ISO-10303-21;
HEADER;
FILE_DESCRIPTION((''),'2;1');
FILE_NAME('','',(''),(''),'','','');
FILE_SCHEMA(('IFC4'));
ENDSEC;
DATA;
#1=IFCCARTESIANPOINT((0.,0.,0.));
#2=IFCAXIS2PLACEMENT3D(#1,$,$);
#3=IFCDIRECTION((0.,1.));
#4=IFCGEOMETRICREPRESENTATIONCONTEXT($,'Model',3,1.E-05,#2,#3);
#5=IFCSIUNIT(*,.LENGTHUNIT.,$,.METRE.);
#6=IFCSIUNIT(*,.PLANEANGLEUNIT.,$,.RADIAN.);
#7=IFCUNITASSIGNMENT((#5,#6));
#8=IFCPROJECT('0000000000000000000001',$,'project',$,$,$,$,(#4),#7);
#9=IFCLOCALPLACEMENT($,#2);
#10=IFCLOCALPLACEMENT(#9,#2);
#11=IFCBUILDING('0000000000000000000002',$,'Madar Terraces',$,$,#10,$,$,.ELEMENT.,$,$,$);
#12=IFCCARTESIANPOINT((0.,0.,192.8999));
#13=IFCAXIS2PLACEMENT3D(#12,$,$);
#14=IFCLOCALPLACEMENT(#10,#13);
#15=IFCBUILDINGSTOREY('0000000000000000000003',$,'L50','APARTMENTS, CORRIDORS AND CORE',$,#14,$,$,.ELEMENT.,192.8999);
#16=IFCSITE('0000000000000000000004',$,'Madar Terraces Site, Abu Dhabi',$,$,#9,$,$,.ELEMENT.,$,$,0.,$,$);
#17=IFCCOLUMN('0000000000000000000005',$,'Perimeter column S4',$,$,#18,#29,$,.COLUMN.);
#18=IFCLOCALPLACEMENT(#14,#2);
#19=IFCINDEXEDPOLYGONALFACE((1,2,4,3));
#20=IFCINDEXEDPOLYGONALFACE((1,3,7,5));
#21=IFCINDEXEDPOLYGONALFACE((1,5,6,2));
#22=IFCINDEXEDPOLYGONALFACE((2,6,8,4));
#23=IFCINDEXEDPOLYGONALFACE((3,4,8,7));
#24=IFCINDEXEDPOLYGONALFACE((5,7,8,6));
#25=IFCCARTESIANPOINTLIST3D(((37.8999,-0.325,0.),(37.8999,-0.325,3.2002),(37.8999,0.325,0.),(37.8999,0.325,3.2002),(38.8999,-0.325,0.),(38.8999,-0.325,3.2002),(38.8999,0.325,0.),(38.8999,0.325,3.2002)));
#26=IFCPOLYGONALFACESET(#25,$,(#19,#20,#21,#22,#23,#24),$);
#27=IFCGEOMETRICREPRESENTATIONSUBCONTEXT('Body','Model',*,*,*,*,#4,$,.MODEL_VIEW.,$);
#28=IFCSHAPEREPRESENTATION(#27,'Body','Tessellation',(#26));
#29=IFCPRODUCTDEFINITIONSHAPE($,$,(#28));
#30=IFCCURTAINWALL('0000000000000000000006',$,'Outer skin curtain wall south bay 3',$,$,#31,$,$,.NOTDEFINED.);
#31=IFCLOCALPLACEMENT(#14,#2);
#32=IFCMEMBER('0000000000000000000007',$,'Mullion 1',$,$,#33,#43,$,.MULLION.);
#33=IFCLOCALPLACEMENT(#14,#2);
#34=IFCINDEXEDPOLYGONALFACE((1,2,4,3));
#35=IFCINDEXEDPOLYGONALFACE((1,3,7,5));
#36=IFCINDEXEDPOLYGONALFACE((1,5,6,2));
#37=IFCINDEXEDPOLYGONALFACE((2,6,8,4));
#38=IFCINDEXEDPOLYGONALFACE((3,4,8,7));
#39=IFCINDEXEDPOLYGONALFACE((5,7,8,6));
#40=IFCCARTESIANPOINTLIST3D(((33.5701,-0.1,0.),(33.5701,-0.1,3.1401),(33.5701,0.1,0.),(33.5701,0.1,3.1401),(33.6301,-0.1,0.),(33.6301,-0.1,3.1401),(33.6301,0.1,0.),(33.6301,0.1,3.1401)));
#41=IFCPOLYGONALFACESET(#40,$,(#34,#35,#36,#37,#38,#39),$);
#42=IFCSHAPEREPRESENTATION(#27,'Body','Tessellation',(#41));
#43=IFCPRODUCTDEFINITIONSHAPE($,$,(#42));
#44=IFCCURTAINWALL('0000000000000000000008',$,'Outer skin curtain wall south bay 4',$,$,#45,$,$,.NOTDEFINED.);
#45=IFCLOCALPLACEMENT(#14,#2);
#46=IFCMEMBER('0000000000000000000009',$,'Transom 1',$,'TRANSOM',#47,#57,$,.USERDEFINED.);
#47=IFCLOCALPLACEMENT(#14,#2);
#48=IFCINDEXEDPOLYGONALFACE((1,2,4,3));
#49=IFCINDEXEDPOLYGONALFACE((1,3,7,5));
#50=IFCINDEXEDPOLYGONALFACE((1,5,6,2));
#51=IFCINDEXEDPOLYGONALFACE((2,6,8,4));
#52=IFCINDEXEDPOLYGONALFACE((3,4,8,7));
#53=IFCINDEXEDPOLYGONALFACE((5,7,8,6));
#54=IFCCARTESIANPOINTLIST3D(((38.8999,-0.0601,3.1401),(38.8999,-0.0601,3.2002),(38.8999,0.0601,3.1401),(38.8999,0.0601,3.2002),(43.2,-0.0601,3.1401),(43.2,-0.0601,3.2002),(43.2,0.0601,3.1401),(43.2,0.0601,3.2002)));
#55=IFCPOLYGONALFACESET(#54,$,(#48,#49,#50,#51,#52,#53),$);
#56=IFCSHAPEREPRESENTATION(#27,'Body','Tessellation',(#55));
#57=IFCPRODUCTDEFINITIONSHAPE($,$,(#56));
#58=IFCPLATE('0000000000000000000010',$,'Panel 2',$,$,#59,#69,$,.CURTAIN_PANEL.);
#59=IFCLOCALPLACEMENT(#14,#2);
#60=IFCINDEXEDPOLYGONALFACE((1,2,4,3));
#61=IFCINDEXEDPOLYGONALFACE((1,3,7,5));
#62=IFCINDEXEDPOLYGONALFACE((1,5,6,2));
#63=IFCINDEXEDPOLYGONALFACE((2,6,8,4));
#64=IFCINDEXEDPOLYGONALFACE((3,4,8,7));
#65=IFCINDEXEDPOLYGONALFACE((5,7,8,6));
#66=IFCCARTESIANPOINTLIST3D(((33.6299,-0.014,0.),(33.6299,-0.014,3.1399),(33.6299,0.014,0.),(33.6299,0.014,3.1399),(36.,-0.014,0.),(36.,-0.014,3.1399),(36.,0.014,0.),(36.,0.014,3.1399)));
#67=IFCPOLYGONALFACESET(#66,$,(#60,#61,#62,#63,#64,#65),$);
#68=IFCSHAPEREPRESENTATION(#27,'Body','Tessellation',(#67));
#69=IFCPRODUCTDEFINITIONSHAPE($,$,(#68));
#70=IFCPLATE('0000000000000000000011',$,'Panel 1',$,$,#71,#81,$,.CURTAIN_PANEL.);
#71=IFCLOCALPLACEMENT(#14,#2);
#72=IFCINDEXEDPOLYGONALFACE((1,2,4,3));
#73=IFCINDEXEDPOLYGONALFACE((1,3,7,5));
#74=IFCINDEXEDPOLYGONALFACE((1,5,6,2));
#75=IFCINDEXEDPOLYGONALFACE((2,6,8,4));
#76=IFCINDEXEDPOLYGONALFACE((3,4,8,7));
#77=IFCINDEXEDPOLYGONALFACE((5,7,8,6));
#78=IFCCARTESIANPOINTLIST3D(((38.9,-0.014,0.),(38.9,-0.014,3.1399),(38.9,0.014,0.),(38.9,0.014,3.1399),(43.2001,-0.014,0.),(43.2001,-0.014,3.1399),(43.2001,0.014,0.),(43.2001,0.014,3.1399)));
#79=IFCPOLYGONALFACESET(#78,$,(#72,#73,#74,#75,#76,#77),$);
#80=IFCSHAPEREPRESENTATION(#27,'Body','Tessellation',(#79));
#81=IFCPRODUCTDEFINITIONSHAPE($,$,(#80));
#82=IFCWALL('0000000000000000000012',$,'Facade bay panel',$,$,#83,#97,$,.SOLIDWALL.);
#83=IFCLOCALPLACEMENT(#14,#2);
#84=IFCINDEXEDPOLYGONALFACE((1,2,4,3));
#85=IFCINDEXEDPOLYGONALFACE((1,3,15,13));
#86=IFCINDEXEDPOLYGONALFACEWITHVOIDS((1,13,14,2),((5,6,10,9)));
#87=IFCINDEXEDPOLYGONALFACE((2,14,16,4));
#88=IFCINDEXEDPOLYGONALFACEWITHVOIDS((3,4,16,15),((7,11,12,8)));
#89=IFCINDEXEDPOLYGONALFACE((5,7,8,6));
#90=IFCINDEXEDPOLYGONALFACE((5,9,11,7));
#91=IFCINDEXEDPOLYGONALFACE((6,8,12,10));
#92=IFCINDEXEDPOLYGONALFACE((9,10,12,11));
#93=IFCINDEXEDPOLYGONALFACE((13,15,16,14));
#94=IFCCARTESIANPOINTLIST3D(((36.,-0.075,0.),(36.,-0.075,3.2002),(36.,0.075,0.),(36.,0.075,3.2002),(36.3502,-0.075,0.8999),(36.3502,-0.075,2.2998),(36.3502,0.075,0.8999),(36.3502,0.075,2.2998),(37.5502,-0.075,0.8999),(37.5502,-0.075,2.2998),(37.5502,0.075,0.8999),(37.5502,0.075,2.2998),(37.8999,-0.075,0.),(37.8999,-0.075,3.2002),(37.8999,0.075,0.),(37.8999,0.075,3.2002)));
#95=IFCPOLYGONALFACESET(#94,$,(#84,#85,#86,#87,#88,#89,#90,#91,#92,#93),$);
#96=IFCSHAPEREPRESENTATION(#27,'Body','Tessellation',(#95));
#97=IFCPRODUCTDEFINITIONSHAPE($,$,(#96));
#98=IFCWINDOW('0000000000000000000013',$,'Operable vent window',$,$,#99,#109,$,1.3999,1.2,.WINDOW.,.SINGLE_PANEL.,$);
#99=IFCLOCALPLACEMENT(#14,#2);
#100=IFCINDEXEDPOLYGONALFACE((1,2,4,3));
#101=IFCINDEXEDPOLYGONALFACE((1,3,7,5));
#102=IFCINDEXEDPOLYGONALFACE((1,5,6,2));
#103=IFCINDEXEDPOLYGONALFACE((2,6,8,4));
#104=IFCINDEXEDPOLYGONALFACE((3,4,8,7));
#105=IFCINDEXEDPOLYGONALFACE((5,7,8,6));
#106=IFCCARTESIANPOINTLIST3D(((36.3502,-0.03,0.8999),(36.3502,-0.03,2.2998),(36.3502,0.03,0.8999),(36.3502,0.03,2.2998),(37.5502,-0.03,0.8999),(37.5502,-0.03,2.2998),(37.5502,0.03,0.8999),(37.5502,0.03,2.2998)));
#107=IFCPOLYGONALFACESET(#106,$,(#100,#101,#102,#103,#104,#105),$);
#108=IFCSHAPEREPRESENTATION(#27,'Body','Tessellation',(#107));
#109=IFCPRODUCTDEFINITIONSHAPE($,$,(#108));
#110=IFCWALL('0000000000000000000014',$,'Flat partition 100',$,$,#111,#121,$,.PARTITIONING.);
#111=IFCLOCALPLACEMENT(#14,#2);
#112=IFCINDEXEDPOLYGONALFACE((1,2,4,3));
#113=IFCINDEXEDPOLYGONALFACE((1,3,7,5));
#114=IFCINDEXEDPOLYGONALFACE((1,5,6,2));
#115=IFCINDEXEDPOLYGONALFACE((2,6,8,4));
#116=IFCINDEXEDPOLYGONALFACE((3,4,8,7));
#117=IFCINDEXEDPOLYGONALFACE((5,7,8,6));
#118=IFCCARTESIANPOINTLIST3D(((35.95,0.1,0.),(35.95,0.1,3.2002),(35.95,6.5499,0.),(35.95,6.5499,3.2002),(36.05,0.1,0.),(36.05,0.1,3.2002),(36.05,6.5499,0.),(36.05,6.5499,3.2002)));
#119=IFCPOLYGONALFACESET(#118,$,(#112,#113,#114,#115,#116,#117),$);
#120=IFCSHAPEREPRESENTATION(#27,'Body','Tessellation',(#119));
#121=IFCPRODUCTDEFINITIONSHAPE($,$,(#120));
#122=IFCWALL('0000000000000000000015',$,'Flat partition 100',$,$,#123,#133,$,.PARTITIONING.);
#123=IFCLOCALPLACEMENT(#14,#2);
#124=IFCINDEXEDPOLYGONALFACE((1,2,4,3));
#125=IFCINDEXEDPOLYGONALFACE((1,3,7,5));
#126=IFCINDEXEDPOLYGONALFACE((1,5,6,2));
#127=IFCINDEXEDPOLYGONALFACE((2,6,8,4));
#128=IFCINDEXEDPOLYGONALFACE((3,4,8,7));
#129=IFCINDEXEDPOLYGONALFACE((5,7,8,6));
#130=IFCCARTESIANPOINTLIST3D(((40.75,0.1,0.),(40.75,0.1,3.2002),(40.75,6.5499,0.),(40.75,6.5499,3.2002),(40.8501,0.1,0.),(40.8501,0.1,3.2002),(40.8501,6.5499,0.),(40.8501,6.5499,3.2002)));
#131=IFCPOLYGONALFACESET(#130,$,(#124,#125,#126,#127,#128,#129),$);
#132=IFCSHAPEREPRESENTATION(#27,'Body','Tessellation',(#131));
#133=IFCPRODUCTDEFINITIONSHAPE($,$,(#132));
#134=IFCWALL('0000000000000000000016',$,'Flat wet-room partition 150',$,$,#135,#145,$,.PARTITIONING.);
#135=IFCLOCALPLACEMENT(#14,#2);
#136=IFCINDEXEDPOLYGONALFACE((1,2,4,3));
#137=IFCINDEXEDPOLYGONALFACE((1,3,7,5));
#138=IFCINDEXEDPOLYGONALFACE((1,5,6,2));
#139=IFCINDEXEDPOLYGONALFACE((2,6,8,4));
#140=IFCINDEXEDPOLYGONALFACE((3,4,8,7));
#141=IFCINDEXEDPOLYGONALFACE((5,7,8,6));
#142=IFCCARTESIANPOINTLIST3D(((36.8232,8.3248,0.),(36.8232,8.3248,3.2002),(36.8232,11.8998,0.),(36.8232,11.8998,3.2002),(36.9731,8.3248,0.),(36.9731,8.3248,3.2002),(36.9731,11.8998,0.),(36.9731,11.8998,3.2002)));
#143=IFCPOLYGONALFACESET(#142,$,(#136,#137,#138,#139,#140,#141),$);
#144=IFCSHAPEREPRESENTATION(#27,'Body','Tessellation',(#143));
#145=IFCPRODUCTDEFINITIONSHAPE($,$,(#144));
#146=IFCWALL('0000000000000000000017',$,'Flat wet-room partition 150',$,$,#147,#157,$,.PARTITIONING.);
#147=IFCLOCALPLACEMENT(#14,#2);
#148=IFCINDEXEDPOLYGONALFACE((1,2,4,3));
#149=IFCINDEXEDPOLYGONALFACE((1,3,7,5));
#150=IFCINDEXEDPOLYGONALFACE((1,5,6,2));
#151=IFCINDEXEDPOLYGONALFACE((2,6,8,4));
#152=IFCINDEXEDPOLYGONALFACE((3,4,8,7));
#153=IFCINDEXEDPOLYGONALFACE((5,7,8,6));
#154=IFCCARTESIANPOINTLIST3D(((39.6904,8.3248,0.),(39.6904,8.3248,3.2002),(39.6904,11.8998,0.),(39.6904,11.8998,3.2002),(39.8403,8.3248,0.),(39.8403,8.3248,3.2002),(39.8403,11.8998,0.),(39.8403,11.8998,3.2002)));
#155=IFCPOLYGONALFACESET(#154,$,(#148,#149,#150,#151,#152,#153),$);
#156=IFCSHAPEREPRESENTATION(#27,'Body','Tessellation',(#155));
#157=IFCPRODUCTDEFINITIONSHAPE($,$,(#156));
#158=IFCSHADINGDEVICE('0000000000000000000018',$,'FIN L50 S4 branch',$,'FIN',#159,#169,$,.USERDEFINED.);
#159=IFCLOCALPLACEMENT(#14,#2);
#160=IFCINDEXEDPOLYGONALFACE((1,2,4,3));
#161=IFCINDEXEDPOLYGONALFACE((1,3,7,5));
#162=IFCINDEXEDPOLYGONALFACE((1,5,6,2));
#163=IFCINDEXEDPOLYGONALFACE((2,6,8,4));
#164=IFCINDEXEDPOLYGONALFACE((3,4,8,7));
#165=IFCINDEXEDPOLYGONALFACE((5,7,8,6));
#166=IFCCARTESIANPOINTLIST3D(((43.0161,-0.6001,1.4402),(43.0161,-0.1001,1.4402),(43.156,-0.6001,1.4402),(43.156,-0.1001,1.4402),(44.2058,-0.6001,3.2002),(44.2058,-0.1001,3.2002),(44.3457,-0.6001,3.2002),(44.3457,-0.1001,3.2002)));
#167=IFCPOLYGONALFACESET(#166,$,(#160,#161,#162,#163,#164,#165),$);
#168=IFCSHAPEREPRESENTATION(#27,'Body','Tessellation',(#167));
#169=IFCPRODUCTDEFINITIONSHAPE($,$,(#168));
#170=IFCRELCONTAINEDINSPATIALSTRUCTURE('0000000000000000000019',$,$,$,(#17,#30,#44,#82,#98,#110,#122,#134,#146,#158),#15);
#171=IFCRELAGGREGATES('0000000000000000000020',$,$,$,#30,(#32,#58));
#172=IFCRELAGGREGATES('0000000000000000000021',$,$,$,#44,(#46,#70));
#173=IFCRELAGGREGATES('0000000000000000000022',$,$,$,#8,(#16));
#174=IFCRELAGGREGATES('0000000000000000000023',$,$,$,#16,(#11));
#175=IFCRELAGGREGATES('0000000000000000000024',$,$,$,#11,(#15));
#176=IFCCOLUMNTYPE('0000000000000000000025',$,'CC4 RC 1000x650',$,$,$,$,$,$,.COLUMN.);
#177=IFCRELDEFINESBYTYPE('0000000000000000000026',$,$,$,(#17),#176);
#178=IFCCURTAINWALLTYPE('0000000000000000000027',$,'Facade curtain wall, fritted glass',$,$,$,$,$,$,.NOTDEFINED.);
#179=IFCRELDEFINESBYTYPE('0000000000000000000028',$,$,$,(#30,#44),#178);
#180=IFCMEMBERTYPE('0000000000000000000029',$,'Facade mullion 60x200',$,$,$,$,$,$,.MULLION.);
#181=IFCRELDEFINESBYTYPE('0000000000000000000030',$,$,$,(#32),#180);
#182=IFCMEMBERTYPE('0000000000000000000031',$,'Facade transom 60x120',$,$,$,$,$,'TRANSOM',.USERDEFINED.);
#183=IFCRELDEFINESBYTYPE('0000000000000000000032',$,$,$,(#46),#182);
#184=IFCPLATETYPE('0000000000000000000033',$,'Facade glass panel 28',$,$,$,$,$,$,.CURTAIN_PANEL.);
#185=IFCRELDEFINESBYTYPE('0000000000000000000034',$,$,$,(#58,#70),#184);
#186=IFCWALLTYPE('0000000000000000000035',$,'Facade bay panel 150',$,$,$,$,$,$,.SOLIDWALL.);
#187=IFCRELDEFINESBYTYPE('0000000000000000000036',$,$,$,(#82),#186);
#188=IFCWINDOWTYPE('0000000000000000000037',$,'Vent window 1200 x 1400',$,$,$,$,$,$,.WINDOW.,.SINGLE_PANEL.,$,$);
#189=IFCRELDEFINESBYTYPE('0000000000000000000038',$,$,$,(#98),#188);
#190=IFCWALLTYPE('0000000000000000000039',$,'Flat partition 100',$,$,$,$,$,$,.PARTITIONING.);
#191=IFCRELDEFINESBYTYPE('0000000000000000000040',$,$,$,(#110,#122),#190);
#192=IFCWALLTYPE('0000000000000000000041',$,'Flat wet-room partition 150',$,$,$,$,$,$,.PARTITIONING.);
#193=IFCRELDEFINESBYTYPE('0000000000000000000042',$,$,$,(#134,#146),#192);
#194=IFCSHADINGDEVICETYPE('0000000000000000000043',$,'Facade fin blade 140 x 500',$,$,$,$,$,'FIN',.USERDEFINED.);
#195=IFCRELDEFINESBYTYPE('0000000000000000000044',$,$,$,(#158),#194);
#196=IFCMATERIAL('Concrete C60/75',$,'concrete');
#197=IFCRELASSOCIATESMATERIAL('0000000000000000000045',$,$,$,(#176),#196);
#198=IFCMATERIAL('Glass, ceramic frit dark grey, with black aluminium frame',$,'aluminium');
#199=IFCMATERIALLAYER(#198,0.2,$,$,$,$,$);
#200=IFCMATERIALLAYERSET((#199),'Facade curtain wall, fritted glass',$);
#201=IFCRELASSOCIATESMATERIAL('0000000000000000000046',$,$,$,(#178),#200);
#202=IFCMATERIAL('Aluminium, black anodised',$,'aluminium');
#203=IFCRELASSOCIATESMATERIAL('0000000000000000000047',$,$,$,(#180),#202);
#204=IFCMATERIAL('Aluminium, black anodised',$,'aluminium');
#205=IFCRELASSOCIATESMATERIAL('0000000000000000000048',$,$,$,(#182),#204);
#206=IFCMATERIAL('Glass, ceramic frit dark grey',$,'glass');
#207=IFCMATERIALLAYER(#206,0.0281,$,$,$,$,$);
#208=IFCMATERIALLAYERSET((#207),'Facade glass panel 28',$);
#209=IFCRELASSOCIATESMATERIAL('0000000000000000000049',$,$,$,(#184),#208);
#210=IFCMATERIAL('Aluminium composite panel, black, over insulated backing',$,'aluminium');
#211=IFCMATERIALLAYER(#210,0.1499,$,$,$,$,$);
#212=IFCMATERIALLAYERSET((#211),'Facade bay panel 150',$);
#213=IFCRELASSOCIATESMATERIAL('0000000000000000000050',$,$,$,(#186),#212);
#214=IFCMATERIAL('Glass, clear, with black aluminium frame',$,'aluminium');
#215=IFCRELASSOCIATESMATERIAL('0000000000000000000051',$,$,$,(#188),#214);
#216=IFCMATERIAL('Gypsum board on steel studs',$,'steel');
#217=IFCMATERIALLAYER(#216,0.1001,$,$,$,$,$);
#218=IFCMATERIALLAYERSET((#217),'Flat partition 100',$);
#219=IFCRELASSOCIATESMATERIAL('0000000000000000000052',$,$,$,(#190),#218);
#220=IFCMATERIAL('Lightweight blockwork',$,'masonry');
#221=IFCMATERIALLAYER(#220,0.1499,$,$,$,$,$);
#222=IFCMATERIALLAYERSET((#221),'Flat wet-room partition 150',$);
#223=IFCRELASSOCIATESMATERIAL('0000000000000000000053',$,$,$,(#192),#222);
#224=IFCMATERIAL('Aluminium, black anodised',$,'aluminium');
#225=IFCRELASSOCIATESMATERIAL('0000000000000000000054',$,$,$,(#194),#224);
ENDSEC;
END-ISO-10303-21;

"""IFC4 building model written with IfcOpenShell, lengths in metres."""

from ifc_helpers import new_model, si_unit, direction, frame, frame_2d, origin, origin_2d, place, context, subcontext, project, spatial, polyline, rectangle, outline, extrude, material, layer, layer_set, material_profile, profile_set, type_object, element, fill, aggregate, save


model = new_model("IFC4")

# Units and contexts
model_context = context("Model", 3, precision=1e-05, world=origin(), true_north=direction((0.0, 1.0)))
body_context = subcontext(model_context, "Body", "Model", "MODEL_VIEW")
ifc_project = project(units=[si_unit("LENGTHUNIT", "METRE"), si_unit("PLANEANGLEUNIT", "RADIAN")], contexts=[model_context])

# Site, building, storey
site_placement = place(None, origin())
site = spatial("IfcSite", under=ifc_project, at=site_placement, Name="Madar Terraces Site, Abu Dhabi", CompositionType="ELEMENT", RefElevation=0.0)
building_placement = place(site_placement, origin())
building = spatial("IfcBuilding", under=site, at=building_placement, Name="Madar Terraces", CompositionType="ELEMENT")
storey_placement = place(building_placement, frame((0.0, 0.0, 192.8999)))
storey = spatial("IfcBuildingStorey", under=building, at=storey_placement, Name="L50", Description="APARTMENTS, CORRIDORS AND CORE", CompositionType="ELEMENT", Elevation=192.8999)

# Column
ifc_material_1 = material(Name="Concrete C60/75", Category="concrete")
ifc_material_profile_1 = material_profile(ifc_material_1, rectangle(XDim=1.0, YDim=0.6499, at=origin_2d()), Name="CC4 RC 1000x650")
ifc_profile_set_1 = profile_set([ifc_material_profile_1], Name="Concrete C60/75")
column_type = type_object("IfcColumnType", Name="CC4 RC 1000x650", PredefinedType="COLUMN", material=ifc_profile_set_1)
column_placement = place(storey_placement, frame((38.3999, 0.0, 0.0), z_axis=(0.0, 0.0, 1.0), x_axis=(1.0, 0.0, 0.0)))
element("IfcColumn", 1, at=column_placement, inside=storey, type_object=column_type, Name="Perimeter column S4", PredefinedType="COLUMN", context=body_context, shape_type="SweptSolid", body=[
    extrude(rectangle(XDim=1.0, YDim=0.6499, at=origin_2d()), origin(), (0.0, 0.0, 1.0), 3.2002),
])

# Curtain walls, members
ifc_material_2 = material(Name="Glass, ceramic frit dark grey, with black aluminium frame", Category="aluminium")
ifc_layer_1 = layer(ifc_material_2, 0.2)
ifc_layer_set_1 = layer_set([ifc_layer_1], Name="Facade curtain wall, fritted glass")
curtain_wall_type = type_object("IfcCurtainWallType", Name="Facade curtain wall, fritted glass", PredefinedType="NOTDEFINED", material=ifc_layer_set_1)
curtain_wall_1_placement = place(storey_placement, origin())
curtain_wall_1 = element("IfcCurtainWall", 2, at=curtain_wall_1_placement, inside=storey, type_object=curtain_wall_type, Name="Outer skin curtain wall south bay 3", PredefinedType="NOTDEFINED")
ifc_material_3 = material(Name="Aluminium, black anodised", Category="aluminium")
ifc_material_profile_2 = material_profile(ifc_material_3, rectangle(XDim=0.2, YDim=0.0601, at=origin_2d()), Name="Facade mullion 60x200")
ifc_profile_set_2 = profile_set([ifc_material_profile_2], Name="Aluminium, black anodised")
member_type_1 = type_object("IfcMemberType", Name="Facade mullion 60x200", PredefinedType="MULLION", material=ifc_profile_set_2)
member_1_placement = place(storey_placement, frame((33.6001, 0.0, 0.0), z_axis=(0.0, 0.0, 1.0), x_axis=(0.0, 1.0, 0.0)))
member_1 = element("IfcMember", 3, at=member_1_placement, type_object=member_type_1, Name="Mullion 1", PredefinedType="MULLION", context=body_context, shape_type="SweptSolid", body=[
    extrude(rectangle(XDim=0.2, YDim=0.0601, at=origin_2d()), origin(), (0.0, 0.0, 1.0), 3.1401),
])
curtain_wall_2_placement = place(storey_placement, origin())
curtain_wall_2 = element("IfcCurtainWall", 4, at=curtain_wall_2_placement, inside=storey, type_object=curtain_wall_type, Name="Outer skin curtain wall south bay 4", PredefinedType="NOTDEFINED")
ifc_material_4 = material(Name="Aluminium, black anodised", Category="aluminium")
ifc_material_profile_3 = material_profile(ifc_material_4, rectangle(XDim=0.1201, YDim=0.0601, at=origin_2d()), Name="Facade transom 60x120")
ifc_profile_set_3 = profile_set([ifc_material_profile_3], Name="Aluminium, black anodised")
member_type_2 = type_object("IfcMemberType", Name="Facade transom 60x120", ElementType="TRANSOM", PredefinedType="USERDEFINED", material=ifc_profile_set_3)
member_2_placement = place(storey_placement, frame((38.8999, 0.0, 3.1702), z_axis=(1.0, 0.0, 0.0), x_axis=(0.0, 1.0, 0.0)))
member_2 = element("IfcMember", 5, at=member_2_placement, type_object=member_type_2, Name="Transom 1", ObjectType="TRANSOM", PredefinedType="USERDEFINED", context=body_context, shape_type="SweptSolid", body=[
    extrude(rectangle(XDim=0.1201, YDim=0.0601, at=origin_2d()), origin(), (0.0, 0.0, 1.0), 4.3),
])

# Plates
ifc_material_5 = material(Name="Glass, ceramic frit dark grey", Category="glass")
ifc_layer_2 = layer(ifc_material_5, 0.0281)
ifc_layer_set_2 = layer_set([ifc_layer_2], Name="Facade glass panel 28")
plate_type = type_object("IfcPlateType", Name="Facade glass panel 28", PredefinedType="CURTAIN_PANEL", material=ifc_layer_set_2)
plate_1_placement = place(storey_placement, frame((34.8149, 0.0, 0.0), z_axis=(0.0, 0.0, 1.0), x_axis=(1.0, 0.0, 0.0)))
plate_1 = element("IfcPlate", 6, at=plate_1_placement, type_object=plate_type, Name="Panel 2", PredefinedType="CURTAIN_PANEL", context=body_context, shape_type="SweptSolid", body=[
    extrude(rectangle(XDim=2.3701, YDim=0.0281, at=origin_2d()), origin(), (0.0, 0.0, 1.0), 3.1399),
])
aggregate(curtain_wall_1, [member_1, plate_1])
plate_2_placement = place(storey_placement, frame((41.05, 0.0, 0.0), z_axis=(0.0, 0.0, 1.0), x_axis=(1.0, 0.0, 0.0)))
plate_2 = element("IfcPlate", 7, at=plate_2_placement, type_object=plate_type, Name="Panel 1", PredefinedType="CURTAIN_PANEL", context=body_context, shape_type="SweptSolid", body=[
    extrude(rectangle(XDim=4.3, YDim=0.0281, at=origin_2d()), origin(), (0.0, 0.0, 1.0), 3.1399),
])
aggregate(curtain_wall_2, [member_2, plate_2])

# Wall, opening, window
ifc_material_6 = material(Name="Aluminium composite panel, black, over insulated backing", Category="aluminium")
ifc_layer_3 = layer(ifc_material_6, 0.1499)
ifc_layer_set_3 = layer_set([ifc_layer_3], Name="Facade bay panel 150")
wall_type_1 = type_object("IfcWallType", Name="Facade bay panel 150", PredefinedType="SOLIDWALL", material=ifc_layer_set_3)
wall_placement = place(storey_placement, frame((36.0, 0.0, 0.0), z_axis=(0.0, 0.0, 1.0), x_axis=(1.0, 0.0, 0.0)))
wall = element("IfcWall", 8, at=wall_placement, inside=storey, type_object=wall_type_1, Name="Facade bay panel", PredefinedType="SOLIDWALL", context=body_context, shape_type="SweptSolid", body=[
    extrude(rectangle(XDim=1.8999, YDim=0.1499, at=frame_2d((0.95, 0.0))), origin(), (0.0, 0.0, 1.0), 3.2002),
])
opening_placement = place(wall_placement, frame((0.3501, 0.0, 0.8999)))
opening = element("IfcOpeningElement", 9, at=opening_placement, cuts=wall, PredefinedType="OPENING", context=body_context, shape_type="SweptSolid", body=[
    extrude(rectangle(XDim=1.2, YDim=1.3999, at=frame_2d((0.6001, 0.7))), frame((0.0, 0.085, 0.0), z_axis=(0.0, -1.0, 0.0), x_axis=(1.0, 0.0, 0.0)), (0.0, 0.0, 1.0), 0.1699),
])
ifc_material_7 = material(Name="Glass, clear, with black aluminium frame", Category="aluminium")
window_type = type_object("IfcWindowType", Name="Vent window 1200 x 1400", PartitioningType="SINGLE_PANEL", PredefinedType="WINDOW", material=ifc_material_7)
window_placement = place(opening_placement, origin())
window = element("IfcWindow", 10, at=window_placement, inside=storey, type_object=window_type, Name="Operable vent window", OverallHeight=1.3999, OverallWidth=1.2, PartitioningType="SINGLE_PANEL", PredefinedType="WINDOW", context=body_context, shape_type="SweptSolid", body=[
    extrude(rectangle(XDim=1.2, YDim=1.3999, at=frame_2d((0.6001, 0.7))), frame((0.0, 0.03, 0.0), z_axis=(0.0, -1.0, 0.0), x_axis=(1.0, 0.0, 0.0)), (0.0, 0.0, 1.0), 0.0601),
])
fill(opening, window)

# Walls
ifc_material_8 = material(Name="Gypsum board on steel studs", Category="steel")
ifc_layer_4 = layer(ifc_material_8, 0.1001)
ifc_layer_set_4 = layer_set([ifc_layer_4], Name="Flat partition 100")
wall_type_2 = type_object("IfcWallType", Name="Flat partition 100", PredefinedType="PARTITIONING", material=ifc_layer_set_4)
for number, where, z_axis, x_axis, name in (
    (11, (36.0, 6.55, 0.0), (0.0, 0.0, 1.0), (0.0, -1.0, 0.0), "Flat partition 100"),
    (12, (40.8, 6.55, 0.0), (0.0, 0.0, 1.0), (0.0, -1.0, 0.0), "Flat partition 100"),
):
    element("IfcWall", number, at=place(storey_placement, frame(where, z_axis=z_axis, x_axis=x_axis)), inside=storey, type_object=wall_type_2, Name=name, PredefinedType="PARTITIONING", context=body_context, shape_type="SweptSolid", body=[
        extrude(rectangle(XDim=6.45, YDim=0.1001, at=frame_2d((3.2251, 0.0))), origin(), (0.0, 0.0, 1.0), 3.2002),
    ])
ifc_material_9 = material(Name="Lightweight blockwork", Category="masonry")
ifc_layer_5 = layer(ifc_material_9, 0.1499)
ifc_layer_set_5 = layer_set([ifc_layer_5], Name="Flat wet-room partition 150")
wall_type_3 = type_object("IfcWallType", Name="Flat wet-room partition 150", PredefinedType="PARTITIONING", material=ifc_layer_set_5)
for number, where, z_axis, x_axis, name in (
    (13, (36.8982, 11.8999, 0.0), (0.0, 0.0, 1.0), (0.0, -1.0, 0.0), "Flat wet-room partition 150"),
    (14, (39.7654, 11.8999, 0.0), (0.0, 0.0, 1.0), (0.0, -1.0, 0.0), "Flat wet-room partition 150"),
):
    element("IfcWall", number, at=place(storey_placement, frame(where, z_axis=z_axis, x_axis=x_axis)), inside=storey, type_object=wall_type_3, Name=name, PredefinedType="PARTITIONING", context=body_context, shape_type="SweptSolid", body=[
        extrude(rectangle(XDim=3.575, YDim=0.1499, at=frame_2d((1.7876, 0.0))), origin(), (0.0, 0.0, 1.0), 3.2002),
    ])

# Shading device
ifc_material_10 = material(Name="Aluminium, black anodised", Category="aluminium")
shading_device_type = type_object("IfcShadingDeviceType", Name="Facade fin blade 140 x 500", ElementType="FIN", PredefinedType="USERDEFINED", material=ifc_material_10)
shading_device_placement = place(storey_placement, frame((43.0161, -0.3501, 1.4402), z_axis=(0.0, 0.0, 1.0), x_axis=(1.0, 0.0, 0.0)))
element("IfcShadingDevice", 15, at=shading_device_placement, inside=storey, type_object=shading_device_type, Name="FIN L50 S4 branch", ObjectType="FIN", PredefinedType="USERDEFINED", context=body_context, shape_type="SweptSolid", body=[
    extrude(outline(polyline([(0.0, 0.0), (0.1399, 0.0), (1.3296, 1.76), (1.1897, 1.76), (0.0, 0.0)])), frame((0.0, 0.25, 0.0), z_axis=(0.0, -1.0, 0.0), x_axis=(1.0, 0.0, 0.0)), (0.0, 0.0, 1.0), 0.5),
])

save(model, "model.ifc")
